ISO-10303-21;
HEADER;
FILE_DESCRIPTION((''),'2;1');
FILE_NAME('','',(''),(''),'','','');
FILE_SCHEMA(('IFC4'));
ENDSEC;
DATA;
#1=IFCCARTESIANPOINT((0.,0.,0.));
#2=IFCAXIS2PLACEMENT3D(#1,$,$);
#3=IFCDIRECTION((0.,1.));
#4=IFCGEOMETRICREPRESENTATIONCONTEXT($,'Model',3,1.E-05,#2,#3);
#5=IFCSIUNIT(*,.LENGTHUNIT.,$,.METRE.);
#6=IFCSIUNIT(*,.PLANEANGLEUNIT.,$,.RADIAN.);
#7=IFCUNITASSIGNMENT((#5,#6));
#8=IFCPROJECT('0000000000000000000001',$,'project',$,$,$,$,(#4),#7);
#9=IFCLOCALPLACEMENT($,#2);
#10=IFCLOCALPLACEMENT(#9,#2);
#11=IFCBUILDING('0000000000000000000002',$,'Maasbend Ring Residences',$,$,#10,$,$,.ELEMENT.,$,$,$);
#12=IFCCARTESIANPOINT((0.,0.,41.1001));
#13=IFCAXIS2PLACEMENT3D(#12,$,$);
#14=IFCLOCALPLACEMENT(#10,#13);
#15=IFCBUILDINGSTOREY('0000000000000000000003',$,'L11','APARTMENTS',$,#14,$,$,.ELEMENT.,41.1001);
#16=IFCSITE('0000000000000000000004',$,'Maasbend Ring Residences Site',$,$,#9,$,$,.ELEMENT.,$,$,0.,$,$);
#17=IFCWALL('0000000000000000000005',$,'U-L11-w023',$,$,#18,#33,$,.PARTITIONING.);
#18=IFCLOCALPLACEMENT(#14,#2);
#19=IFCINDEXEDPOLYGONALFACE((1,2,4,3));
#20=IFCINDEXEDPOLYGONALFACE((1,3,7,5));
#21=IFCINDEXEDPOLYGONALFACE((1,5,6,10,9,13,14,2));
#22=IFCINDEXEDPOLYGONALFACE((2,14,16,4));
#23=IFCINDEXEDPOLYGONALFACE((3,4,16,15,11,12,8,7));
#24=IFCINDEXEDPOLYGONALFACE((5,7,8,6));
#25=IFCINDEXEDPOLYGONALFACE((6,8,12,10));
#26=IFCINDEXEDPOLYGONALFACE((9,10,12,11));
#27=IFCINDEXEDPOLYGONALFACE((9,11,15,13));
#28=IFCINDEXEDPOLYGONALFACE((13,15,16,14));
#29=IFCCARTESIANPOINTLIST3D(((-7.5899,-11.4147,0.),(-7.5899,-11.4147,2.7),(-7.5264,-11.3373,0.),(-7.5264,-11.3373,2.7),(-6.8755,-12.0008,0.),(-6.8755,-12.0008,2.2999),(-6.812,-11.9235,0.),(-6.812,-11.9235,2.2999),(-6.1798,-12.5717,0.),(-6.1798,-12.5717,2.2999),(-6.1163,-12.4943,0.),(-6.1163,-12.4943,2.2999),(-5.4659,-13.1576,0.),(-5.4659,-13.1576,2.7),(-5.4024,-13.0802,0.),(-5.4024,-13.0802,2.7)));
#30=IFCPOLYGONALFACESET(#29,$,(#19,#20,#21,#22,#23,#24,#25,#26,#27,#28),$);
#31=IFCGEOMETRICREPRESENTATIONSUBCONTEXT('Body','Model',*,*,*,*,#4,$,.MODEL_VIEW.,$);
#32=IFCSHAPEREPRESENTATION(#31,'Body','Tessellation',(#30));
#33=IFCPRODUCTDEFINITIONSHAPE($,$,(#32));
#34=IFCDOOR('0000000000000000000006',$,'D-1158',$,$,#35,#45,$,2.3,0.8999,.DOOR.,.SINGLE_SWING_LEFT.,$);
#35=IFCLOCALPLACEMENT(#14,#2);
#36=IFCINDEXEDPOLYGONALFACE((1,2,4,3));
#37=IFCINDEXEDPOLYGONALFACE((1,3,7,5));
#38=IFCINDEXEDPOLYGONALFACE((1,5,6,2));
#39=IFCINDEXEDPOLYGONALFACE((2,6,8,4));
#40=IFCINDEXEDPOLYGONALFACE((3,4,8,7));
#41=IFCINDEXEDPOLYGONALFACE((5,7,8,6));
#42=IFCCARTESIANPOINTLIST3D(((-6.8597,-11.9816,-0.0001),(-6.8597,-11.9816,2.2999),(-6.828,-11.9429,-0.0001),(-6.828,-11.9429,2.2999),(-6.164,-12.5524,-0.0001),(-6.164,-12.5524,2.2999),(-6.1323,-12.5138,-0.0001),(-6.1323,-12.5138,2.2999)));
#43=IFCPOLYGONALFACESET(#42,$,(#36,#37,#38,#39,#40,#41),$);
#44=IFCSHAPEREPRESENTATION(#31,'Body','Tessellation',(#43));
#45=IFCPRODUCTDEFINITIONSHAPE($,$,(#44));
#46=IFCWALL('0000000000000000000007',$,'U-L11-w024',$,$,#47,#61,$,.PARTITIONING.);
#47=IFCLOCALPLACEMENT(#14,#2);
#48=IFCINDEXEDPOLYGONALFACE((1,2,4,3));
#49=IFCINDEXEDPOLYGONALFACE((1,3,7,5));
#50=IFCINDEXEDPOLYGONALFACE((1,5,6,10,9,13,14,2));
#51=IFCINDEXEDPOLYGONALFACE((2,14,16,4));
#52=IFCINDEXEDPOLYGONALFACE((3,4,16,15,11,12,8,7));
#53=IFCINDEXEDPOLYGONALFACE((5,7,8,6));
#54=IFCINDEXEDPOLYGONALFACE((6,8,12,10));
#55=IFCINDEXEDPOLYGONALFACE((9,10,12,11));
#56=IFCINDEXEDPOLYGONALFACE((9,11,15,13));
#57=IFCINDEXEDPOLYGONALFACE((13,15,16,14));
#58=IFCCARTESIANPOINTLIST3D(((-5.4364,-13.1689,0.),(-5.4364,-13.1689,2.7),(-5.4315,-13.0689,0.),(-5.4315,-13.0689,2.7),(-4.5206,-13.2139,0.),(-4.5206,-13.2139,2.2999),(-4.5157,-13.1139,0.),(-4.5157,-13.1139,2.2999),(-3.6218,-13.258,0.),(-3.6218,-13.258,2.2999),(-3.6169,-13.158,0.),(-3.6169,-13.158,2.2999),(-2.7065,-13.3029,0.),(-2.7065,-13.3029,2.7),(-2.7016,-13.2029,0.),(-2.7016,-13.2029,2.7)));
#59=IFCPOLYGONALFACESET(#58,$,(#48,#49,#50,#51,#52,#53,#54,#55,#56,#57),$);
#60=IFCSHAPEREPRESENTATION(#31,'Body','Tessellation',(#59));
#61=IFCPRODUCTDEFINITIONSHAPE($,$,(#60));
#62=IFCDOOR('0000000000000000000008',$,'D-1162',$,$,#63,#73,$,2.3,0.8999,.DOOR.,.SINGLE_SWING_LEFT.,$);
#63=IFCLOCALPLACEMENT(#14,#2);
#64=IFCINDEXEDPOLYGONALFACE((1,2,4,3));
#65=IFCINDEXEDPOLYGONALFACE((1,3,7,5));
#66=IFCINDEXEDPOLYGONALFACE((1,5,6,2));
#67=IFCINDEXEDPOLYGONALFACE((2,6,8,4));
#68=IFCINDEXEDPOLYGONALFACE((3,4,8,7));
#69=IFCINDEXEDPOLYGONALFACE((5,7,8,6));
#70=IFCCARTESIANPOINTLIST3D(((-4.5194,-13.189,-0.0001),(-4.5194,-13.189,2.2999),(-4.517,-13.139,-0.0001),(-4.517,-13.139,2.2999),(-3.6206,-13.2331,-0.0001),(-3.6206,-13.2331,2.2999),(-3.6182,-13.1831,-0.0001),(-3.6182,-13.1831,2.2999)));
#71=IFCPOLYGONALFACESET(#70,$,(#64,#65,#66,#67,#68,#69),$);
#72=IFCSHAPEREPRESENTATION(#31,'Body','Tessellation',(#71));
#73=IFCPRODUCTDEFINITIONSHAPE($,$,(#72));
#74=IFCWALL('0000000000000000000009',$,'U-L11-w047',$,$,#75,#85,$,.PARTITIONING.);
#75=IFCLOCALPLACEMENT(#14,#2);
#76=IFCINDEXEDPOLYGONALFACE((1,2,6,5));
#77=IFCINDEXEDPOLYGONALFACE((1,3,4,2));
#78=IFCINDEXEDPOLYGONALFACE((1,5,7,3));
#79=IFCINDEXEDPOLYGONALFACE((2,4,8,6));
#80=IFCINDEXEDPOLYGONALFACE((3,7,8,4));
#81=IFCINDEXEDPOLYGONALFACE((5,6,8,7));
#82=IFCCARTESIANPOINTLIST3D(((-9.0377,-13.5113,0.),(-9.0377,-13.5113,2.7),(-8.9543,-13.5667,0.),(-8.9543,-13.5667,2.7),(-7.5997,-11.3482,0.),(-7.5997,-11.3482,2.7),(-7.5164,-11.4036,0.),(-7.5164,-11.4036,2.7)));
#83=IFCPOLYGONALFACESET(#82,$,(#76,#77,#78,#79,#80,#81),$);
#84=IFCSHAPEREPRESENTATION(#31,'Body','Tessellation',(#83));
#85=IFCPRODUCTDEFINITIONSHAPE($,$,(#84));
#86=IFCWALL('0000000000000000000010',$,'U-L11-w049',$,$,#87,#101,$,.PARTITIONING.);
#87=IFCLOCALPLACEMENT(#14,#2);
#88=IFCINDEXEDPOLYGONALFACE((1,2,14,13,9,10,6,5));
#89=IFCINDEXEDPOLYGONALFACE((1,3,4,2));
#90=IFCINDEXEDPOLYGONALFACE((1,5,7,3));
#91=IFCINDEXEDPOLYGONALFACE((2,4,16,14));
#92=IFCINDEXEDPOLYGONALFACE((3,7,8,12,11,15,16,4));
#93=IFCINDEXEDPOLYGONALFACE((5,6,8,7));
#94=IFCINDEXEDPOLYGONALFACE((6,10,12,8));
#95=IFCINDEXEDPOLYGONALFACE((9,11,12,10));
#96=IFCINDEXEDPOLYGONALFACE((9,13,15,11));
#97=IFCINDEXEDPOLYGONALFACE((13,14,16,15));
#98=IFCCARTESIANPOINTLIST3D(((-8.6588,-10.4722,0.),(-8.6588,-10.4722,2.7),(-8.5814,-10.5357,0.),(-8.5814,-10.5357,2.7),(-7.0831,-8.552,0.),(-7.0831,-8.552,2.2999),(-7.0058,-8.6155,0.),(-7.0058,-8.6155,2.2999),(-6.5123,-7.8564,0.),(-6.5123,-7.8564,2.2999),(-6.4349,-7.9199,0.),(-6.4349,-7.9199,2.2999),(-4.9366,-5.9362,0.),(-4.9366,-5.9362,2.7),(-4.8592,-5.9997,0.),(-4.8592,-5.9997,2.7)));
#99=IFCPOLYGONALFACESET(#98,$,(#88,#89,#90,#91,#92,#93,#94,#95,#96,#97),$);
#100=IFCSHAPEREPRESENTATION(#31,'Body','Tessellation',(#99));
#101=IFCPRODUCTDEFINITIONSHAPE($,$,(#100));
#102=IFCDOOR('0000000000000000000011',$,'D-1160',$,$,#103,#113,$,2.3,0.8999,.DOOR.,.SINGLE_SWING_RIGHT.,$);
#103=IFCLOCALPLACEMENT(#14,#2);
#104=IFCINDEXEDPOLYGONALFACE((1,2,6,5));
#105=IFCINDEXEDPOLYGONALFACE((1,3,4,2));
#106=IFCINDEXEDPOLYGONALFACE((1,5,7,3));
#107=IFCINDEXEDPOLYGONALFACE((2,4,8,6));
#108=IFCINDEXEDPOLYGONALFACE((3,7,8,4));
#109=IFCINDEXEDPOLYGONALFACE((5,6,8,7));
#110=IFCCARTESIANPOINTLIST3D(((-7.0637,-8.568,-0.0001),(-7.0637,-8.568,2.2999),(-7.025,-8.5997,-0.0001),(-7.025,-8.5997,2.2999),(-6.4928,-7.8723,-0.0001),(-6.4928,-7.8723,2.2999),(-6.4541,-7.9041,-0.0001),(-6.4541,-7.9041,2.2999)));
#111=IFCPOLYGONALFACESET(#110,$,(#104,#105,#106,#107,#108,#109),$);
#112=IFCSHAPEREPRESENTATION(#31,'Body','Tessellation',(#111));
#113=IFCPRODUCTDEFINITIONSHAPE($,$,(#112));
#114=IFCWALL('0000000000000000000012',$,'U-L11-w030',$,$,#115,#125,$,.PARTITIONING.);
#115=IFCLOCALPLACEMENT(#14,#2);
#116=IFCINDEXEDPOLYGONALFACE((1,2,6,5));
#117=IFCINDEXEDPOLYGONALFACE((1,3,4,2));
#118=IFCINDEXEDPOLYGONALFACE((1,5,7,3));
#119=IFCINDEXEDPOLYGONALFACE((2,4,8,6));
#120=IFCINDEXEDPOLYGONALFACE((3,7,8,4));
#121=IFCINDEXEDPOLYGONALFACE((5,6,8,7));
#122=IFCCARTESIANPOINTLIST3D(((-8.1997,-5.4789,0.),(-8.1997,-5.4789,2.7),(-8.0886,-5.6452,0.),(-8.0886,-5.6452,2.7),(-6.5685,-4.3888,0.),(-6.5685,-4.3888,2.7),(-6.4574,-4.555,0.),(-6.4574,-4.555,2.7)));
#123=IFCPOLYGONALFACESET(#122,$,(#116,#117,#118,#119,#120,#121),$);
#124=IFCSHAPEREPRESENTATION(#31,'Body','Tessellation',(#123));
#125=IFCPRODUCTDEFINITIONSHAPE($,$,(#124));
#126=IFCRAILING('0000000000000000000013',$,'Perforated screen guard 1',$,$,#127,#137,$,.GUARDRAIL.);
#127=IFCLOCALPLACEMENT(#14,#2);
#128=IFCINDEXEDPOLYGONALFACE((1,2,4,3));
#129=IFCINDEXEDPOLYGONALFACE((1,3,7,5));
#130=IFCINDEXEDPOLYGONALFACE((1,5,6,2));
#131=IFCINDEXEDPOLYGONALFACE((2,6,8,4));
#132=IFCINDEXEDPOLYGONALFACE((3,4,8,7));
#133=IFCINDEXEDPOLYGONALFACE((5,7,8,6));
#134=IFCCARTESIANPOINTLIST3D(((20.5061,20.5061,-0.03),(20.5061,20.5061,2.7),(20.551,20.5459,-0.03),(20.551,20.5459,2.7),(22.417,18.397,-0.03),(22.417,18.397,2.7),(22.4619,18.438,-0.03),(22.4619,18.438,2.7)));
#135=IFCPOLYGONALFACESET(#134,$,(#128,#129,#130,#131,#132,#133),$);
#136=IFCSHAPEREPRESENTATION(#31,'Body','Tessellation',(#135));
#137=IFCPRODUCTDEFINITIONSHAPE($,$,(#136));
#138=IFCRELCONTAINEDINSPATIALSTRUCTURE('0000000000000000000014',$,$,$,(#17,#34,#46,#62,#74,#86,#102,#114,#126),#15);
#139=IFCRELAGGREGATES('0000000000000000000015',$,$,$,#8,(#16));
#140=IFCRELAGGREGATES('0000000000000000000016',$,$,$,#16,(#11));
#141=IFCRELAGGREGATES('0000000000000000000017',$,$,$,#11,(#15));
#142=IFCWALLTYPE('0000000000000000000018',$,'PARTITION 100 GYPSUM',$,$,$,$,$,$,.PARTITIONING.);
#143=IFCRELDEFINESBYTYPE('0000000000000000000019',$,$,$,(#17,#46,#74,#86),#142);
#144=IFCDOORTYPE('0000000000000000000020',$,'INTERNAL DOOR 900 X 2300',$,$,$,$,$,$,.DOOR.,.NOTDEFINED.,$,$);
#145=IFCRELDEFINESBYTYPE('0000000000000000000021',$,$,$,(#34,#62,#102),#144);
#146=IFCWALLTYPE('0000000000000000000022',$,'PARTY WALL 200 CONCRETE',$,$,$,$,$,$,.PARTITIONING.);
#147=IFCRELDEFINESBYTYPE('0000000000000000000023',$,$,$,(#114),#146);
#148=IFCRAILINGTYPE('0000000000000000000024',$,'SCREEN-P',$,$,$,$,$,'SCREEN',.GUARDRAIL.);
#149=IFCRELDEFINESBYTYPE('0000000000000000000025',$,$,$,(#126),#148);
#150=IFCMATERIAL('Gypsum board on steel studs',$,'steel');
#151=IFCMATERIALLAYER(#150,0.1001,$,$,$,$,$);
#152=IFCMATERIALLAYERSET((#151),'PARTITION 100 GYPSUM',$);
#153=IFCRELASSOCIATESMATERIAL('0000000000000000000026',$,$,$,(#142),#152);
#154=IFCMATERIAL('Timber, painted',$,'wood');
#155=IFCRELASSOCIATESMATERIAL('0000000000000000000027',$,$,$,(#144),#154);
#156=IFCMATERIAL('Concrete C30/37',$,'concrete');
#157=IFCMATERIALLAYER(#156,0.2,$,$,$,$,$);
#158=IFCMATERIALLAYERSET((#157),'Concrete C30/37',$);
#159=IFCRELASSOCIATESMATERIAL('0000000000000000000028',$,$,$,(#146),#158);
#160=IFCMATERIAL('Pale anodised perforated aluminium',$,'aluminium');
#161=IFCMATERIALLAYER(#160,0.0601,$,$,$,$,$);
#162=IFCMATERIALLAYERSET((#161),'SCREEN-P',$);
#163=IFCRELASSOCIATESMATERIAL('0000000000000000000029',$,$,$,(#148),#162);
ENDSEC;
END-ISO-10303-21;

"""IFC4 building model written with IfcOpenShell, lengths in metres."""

from ifc_helpers import new_model, si_unit, direction, frame, frame_2d, origin, place, context, subcontext, project, spatial, polyline, rectangle, outline, extrude, material, layer, layer_set, type_object, element, fill, save


model = new_model("IFC4")

# Units and contexts
model_context = context("Model", 3, precision=1e-05, world=origin(), true_north=direction((0.0, 1.0)))
body_context = subcontext(model_context, "Body", "Model", "MODEL_VIEW")
ifc_project = project(units=[si_unit("LENGTHUNIT", "METRE"), si_unit("PLANEANGLEUNIT", "RADIAN")], contexts=[model_context])

# Site, building, storey
site_placement = place(None, origin())
site = spatial("IfcSite", under=ifc_project, at=site_placement, Name="Maasbend Ring Residences Site", CompositionType="ELEMENT", RefElevation=0.0)
building_placement = place(site_placement, origin())
building = spatial("IfcBuilding", under=site, at=building_placement, Name="Maasbend Ring Residences", CompositionType="ELEMENT")
storey_placement = place(building_placement, frame((0.0, 0.0, 41.1001)))
storey = spatial("IfcBuildingStorey", under=building, at=storey_placement, Name="L11", Description="APARTMENTS", CompositionType="ELEMENT", Elevation=41.1001)

# Walls, openings, doors
ifc_material_1 = material(Name="Gypsum board on steel studs", Category="steel")
ifc_layer_1 = layer(ifc_material_1, 0.1001)
ifc_layer_set_1 = layer_set([ifc_layer_1], Name="PARTITION 100 GYPSUM")
wall_type_1 = type_object("IfcWallType", Name="PARTITION 100 GYPSUM", PredefinedType="PARTITIONING", material=ifc_layer_set_1)
wall_1_placement = place(storey_placement, frame((-7.5581, -11.376, 0.0), z_axis=(0.0, 0.0, 1.0), x_axis=(0.77305, -0.634345, 0.0)))
wall_1 = element("IfcWall", 1, at=wall_1_placement, inside=storey, type_object=wall_type_1, Name="U-L11-w023", PredefinedType="PARTITIONING", context=body_context, shape_type="SweptSolid", body=[
    extrude(rectangle(XDim=2.7476, YDim=0.1001, at=frame_2d((1.3738, 0.0))), origin(), (0.0, 0.0, 1.0), 2.7),
])
opening_1_placement = place(wall_1_placement, frame((0.9241, 0.0, 0.0)))
opening_1 = element("IfcOpeningElement", 2, at=opening_1_placement, cuts=wall_1, PredefinedType="OPENING", context=body_context, shape_type="SweptSolid", body=[
    extrude(rectangle(XDim=0.8999, YDim=2.3, at=frame_2d((0.45, 1.1499))), frame((0.0, 0.0601, 0.0), z_axis=(0.0, -1.0, 0.0), x_axis=(1.0, 0.0, 0.0)), (0.0, 0.0, 1.0), 0.1201),
])
ifc_material_2 = material(Name="Timber, painted", Category="wood")
door_type = type_object("IfcDoorType", Name="INTERNAL DOOR 900 X 2300", OperationType="NOTDEFINED", PredefinedType="DOOR", material=ifc_material_2)
door_1_placement = place(opening_1_placement, origin())
door_1 = element("IfcDoor", 3, at=door_1_placement, inside=storey, type_object=door_type, Name="D-1158", OperationType="SINGLE_SWING_LEFT", OverallHeight=2.3, OverallWidth=0.8999, PredefinedType="DOOR", context=body_context, shape_type="SweptSolid", body=[
    extrude(rectangle(XDim=0.8999, YDim=2.3, at=frame_2d((0.45, 1.1499))), frame((0.0, 0.0249, 0.0), z_axis=(0.0, -1.0, 0.0), x_axis=(1.0, 0.0, 0.0)), (0.0, 0.0, 1.0), 0.05),
])
fill(opening_1, door_1)
wall_2_placement = place(storey_placement, frame((-5.4341, -13.1189, 0.0), z_axis=(0.0, 0.0, 1.0), x_axis=(0.998797, -0.049038, 0.0)))
wall_2 = element("IfcWall", 4, at=wall_2_placement, inside=storey, type_object=wall_type_1, Name="U-L11-w024", PredefinedType="PARTITIONING", context=body_context, shape_type="SweptSolid", body=[
    extrude(rectangle(XDim=2.7332, YDim=0.1001, at=frame_2d((1.3667, 0.0))), origin(), (0.0, 0.0, 1.0), 2.7),
])
opening_2_placement = place(wall_2_placement, frame((0.917, 0.0, 0.0)))
opening_2 = element("IfcOpeningElement", 5, at=opening_2_placement, cuts=wall_2, PredefinedType="OPENING", context=body_context, shape_type="SweptSolid", body=[
    extrude(rectangle(XDim=0.8999, YDim=2.3, at=frame_2d((0.45, 1.1499))), frame((0.0, 0.0601, 0.0), z_axis=(0.0, -1.0, 0.0), x_axis=(1.0, 0.0, 0.0)), (0.0, 0.0, 1.0), 0.1201),
])
door_2_placement = place(opening_2_placement, origin())
door_2 = element("IfcDoor", 6, at=door_2_placement, inside=storey, type_object=door_type, Name="D-1162", OperationType="SINGLE_SWING_LEFT", OverallHeight=2.3, OverallWidth=0.8999, PredefinedType="DOOR", context=body_context, shape_type="SweptSolid", body=[
    extrude(rectangle(XDim=0.8999, YDim=2.3, at=frame_2d((0.45, 1.1499))), frame((0.0, 0.0249, 0.0), z_axis=(0.0, -1.0, 0.0), x_axis=(1.0, 0.0, 0.0)), (0.0, 0.0, 1.0), 0.05),
])
fill(opening_2, door_2)

# Wall
wall_3_placement = place(storey_placement, frame((-8.9961, -13.5391, 0.0), z_axis=(0.0, 0.0, 1.0), x_axis=(0.553615, 0.832773, 0.0)))
element("IfcWall", 7, at=wall_3_placement, inside=storey, type_object=wall_type_1, Name="U-L11-w047", PredefinedType="PARTITIONING", context=body_context, shape_type="SweptSolid", body=[
    extrude(rectangle(XDim=2.5974, YDim=0.1001, at=frame_2d((1.2988, 0.0))), origin(), (0.0, 0.0, 1.0), 2.7),
])

# Wall, opening, door
wall_4_placement = place(storey_placement, frame((-8.6201, -10.5039, 0.0), z_axis=(0.0, 0.0, 1.0), x_axis=(0.634359, 0.773039, 0.0)))
wall_4 = element("IfcWall", 8, at=wall_4_placement, inside=storey, type_object=wall_type_1, Name="U-L11-w049", PredefinedType="PARTITIONING", context=body_context, shape_type="SweptSolid", body=[
    extrude(rectangle(XDim=5.8677, YDim=0.1001, at=frame_2d((2.9338, 0.0))), origin(), (0.0, 0.0, 1.0), 2.7),
])
opening_3_placement = place(wall_4_placement, frame((2.4839, 0.0, 0.0)))
opening_3 = element("IfcOpeningElement", 9, at=opening_3_placement, cuts=wall_4, PredefinedType="OPENING", context=body_context, shape_type="SweptSolid", body=[
    extrude(rectangle(XDim=0.8999, YDim=2.3, at=frame_2d((0.45, 1.1499))), frame((0.0, 0.0601, 0.0), z_axis=(0.0, -1.0, 0.0), x_axis=(1.0, 0.0, 0.0)), (0.0, 0.0, 1.0), 0.1201),
])
door_3_placement = place(opening_3_placement, origin())
door_3 = element("IfcDoor", 10, at=door_3_placement, inside=storey, type_object=door_type, Name="D-1160", OperationType="SINGLE_SWING_RIGHT", OverallHeight=2.3, OverallWidth=0.8999, PredefinedType="DOOR", context=body_context, shape_type="SweptSolid", body=[
    extrude(rectangle(XDim=0.8999, YDim=2.3, at=frame_2d((0.45, 1.1499))), frame((0.0, 0.0249, 0.0), z_axis=(0.0, -1.0, 0.0), x_axis=(1.0, 0.0, 0.0)), (0.0, 0.0, 1.0), 0.05),
])
fill(opening_3, door_3)

# Wall
ifc_material_3 = material(Name="Concrete C30/37", Category="concrete")
ifc_layer_2 = layer(ifc_material_3, 0.2)
ifc_layer_set_2 = layer_set([ifc_layer_2], Name="Concrete C30/37")
wall_type_2 = type_object("IfcWallType", Name="PARTY WALL 200 CONCRETE", PredefinedType="PARTITIONING", material=ifc_layer_set_2)
wall_5_placement = place(storey_placement, frame((-6.5129, -4.4719, 0.0), z_axis=(0.0, 0.0, 1.0), x_axis=(-0.831418, -0.555648, 0.0)))
element("IfcWall", 11, at=wall_5_placement, inside=storey, type_object=wall_type_2, Name="U-L11-w030", PredefinedType="PARTITIONING", context=body_context, shape_type="SweptSolid", body=[
    extrude(rectangle(XDim=1.9619, YDim=0.2, at=frame_2d((0.981, 0.0))), origin(), (0.0, 0.0, 1.0), 2.7),
])

# Railing
ifc_material_4 = material(Name="Pale anodised perforated aluminium", Category="aluminium")
ifc_layer_3 = layer(ifc_material_4, 0.0601)
ifc_layer_set_3 = layer_set([ifc_layer_3], Name="SCREEN-P")
railing_type = type_object("IfcRailingType", Name="SCREEN-P", ElementType="SCREEN", PredefinedType="GUARDRAIL", material=ifc_layer_set_3)
railing_placement = place(storey_placement, frame((0.0, 0.0, -0.03)))
element("IfcRailing", 12, at=railing_placement, inside=storey, type_object=railing_type, Name="Perforated screen guard 1", PredefinedType="GUARDRAIL", context=body_context, shape_type="SweptSolid", body=[
    extrude(outline(polyline([(22.417, 18.397), (20.5061, 20.5061), (20.551, 20.5459), (22.4619, 18.438), (22.417, 18.397)])), origin(), (0.0, 0.0, 1.0), 2.73),
])

save(model, "model.ifc")
